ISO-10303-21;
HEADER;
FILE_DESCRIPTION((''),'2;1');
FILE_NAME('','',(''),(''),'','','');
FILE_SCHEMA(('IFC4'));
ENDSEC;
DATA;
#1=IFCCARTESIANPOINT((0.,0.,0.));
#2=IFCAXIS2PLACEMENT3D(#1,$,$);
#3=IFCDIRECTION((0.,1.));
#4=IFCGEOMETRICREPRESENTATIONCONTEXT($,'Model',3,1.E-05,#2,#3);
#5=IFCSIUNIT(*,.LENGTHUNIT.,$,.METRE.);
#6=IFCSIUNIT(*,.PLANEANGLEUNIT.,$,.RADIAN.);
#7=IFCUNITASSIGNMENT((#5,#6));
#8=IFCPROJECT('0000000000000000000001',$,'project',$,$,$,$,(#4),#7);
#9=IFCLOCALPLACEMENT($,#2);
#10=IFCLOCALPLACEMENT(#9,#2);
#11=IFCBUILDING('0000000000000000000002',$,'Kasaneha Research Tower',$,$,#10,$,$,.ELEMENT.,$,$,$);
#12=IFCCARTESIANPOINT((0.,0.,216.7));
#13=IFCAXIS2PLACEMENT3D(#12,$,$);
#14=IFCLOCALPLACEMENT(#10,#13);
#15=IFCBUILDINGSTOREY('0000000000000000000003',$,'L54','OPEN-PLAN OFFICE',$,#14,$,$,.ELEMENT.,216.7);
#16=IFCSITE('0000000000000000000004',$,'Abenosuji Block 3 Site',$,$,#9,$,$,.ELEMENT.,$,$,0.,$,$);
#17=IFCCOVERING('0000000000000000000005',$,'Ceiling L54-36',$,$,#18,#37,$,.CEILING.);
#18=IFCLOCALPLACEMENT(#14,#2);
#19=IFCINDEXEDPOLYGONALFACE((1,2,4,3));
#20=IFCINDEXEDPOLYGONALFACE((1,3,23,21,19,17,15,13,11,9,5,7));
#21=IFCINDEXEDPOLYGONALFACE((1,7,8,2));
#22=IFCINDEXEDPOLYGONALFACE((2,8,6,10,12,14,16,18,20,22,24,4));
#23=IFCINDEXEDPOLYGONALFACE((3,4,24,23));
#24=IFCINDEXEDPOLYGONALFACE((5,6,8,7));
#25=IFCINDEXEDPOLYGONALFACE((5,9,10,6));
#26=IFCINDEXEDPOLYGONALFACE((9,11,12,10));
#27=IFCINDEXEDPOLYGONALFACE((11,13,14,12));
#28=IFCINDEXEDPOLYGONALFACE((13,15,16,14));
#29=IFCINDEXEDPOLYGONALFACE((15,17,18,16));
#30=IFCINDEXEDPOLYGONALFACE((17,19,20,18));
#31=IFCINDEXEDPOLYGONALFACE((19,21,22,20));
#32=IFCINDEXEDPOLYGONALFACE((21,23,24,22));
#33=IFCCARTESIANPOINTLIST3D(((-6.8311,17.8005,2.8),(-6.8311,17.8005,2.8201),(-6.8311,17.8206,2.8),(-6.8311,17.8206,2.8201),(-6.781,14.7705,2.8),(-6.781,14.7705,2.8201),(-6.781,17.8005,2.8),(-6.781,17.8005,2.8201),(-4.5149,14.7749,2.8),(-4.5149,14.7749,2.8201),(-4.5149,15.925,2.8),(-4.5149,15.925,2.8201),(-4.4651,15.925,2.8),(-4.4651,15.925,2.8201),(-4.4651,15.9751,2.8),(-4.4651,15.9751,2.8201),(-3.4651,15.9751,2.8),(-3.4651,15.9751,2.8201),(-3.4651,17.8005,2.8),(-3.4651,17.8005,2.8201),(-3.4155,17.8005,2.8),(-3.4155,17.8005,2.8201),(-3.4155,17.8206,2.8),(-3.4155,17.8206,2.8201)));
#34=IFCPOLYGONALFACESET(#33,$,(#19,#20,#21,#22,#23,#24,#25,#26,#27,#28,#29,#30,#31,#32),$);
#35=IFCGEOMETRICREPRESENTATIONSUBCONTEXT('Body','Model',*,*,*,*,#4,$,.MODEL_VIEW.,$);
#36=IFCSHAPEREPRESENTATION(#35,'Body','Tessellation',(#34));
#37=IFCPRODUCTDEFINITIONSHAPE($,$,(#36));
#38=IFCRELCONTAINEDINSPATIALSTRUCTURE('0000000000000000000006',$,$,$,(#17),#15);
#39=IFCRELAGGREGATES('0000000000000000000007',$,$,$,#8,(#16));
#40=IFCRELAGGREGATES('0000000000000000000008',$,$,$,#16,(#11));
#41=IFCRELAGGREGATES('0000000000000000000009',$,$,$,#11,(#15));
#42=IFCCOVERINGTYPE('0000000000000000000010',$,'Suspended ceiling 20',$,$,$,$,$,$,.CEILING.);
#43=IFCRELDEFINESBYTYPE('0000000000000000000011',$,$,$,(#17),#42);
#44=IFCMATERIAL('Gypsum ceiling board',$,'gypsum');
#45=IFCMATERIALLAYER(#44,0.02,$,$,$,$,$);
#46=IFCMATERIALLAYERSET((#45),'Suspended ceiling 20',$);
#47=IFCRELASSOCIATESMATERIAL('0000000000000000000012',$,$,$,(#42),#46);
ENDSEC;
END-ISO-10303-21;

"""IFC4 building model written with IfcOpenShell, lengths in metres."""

from ifc_helpers import new_model, si_unit, direction, frame, origin, place, context, subcontext, project, spatial, polyline, outline, extrude, material, layer, layer_set, type_object, element, save


model = new_model("IFC4")

# Units and contexts
model_context = context("Model", 3, precision=1e-05, world=origin(), true_north=direction((0.0, 1.0)))
body_context = subcontext(model_context, "Body", "Model", "MODEL_VIEW")
ifc_project = project(units=[si_unit("LENGTHUNIT", "METRE"), si_unit("PLANEANGLEUNIT", "RADIAN")], contexts=[model_context])

# Site, building, storey
site_placement = place(None, origin())
site = spatial("IfcSite", under=ifc_project, at=site_placement, Name="Abenosuji Block 3 Site", CompositionType="ELEMENT", RefElevation=0.0)
building_placement = place(site_placement, origin())
building = spatial("IfcBuilding", under=site, at=building_placement, Name="Kasaneha Research Tower", CompositionType="ELEMENT")
storey_placement = place(building_placement, frame((0.0, 0.0, 216.7)))
storey = spatial("IfcBuildingStorey", under=building, at=storey_placement, Name="L54", Description="OPEN-PLAN OFFICE", CompositionType="ELEMENT", Elevation=216.7)

# Covering
ifc_material_1 = material(Name="Gypsum ceiling board", Category="gypsum")
ifc_layer_1 = layer(ifc_material_1, 0.02)
ifc_layer_set_1 = layer_set([ifc_layer_1], Name="Suspended ceiling 20")
covering_type_1 = type_object("IfcCoveringType", Name="Suspended ceiling 20", PredefinedType="CEILING", material=ifc_layer_set_1)
covering_1_placement = place(storey_placement, frame((0.0, 0.0, 2.8)))
element("IfcCovering", 1, at=covering_1_placement, inside=storey, type_object=covering_type_1, Name="Ceiling L54-36", PredefinedType="CEILING", context=body_context, shape_type="SweptSolid", body=[
    extrude(outline(polyline([(-3.4155, 17.8206), (-3.4155, 17.8005), (-3.4651, 17.8005), (-3.4651, 15.9751), (-4.4651, 15.9751), (-4.4651, 15.925), (-4.5149, 15.925), (-4.5149, 14.7749), (-6.781, 14.7705), (-6.781, 17.8005), (-6.8311, 17.8005), (-6.8311, 17.8206), (-3.4155, 17.8206)])), origin(), (0.0, 0.0, 1.0), 0.02),
])

save(model, "model.ifc")
